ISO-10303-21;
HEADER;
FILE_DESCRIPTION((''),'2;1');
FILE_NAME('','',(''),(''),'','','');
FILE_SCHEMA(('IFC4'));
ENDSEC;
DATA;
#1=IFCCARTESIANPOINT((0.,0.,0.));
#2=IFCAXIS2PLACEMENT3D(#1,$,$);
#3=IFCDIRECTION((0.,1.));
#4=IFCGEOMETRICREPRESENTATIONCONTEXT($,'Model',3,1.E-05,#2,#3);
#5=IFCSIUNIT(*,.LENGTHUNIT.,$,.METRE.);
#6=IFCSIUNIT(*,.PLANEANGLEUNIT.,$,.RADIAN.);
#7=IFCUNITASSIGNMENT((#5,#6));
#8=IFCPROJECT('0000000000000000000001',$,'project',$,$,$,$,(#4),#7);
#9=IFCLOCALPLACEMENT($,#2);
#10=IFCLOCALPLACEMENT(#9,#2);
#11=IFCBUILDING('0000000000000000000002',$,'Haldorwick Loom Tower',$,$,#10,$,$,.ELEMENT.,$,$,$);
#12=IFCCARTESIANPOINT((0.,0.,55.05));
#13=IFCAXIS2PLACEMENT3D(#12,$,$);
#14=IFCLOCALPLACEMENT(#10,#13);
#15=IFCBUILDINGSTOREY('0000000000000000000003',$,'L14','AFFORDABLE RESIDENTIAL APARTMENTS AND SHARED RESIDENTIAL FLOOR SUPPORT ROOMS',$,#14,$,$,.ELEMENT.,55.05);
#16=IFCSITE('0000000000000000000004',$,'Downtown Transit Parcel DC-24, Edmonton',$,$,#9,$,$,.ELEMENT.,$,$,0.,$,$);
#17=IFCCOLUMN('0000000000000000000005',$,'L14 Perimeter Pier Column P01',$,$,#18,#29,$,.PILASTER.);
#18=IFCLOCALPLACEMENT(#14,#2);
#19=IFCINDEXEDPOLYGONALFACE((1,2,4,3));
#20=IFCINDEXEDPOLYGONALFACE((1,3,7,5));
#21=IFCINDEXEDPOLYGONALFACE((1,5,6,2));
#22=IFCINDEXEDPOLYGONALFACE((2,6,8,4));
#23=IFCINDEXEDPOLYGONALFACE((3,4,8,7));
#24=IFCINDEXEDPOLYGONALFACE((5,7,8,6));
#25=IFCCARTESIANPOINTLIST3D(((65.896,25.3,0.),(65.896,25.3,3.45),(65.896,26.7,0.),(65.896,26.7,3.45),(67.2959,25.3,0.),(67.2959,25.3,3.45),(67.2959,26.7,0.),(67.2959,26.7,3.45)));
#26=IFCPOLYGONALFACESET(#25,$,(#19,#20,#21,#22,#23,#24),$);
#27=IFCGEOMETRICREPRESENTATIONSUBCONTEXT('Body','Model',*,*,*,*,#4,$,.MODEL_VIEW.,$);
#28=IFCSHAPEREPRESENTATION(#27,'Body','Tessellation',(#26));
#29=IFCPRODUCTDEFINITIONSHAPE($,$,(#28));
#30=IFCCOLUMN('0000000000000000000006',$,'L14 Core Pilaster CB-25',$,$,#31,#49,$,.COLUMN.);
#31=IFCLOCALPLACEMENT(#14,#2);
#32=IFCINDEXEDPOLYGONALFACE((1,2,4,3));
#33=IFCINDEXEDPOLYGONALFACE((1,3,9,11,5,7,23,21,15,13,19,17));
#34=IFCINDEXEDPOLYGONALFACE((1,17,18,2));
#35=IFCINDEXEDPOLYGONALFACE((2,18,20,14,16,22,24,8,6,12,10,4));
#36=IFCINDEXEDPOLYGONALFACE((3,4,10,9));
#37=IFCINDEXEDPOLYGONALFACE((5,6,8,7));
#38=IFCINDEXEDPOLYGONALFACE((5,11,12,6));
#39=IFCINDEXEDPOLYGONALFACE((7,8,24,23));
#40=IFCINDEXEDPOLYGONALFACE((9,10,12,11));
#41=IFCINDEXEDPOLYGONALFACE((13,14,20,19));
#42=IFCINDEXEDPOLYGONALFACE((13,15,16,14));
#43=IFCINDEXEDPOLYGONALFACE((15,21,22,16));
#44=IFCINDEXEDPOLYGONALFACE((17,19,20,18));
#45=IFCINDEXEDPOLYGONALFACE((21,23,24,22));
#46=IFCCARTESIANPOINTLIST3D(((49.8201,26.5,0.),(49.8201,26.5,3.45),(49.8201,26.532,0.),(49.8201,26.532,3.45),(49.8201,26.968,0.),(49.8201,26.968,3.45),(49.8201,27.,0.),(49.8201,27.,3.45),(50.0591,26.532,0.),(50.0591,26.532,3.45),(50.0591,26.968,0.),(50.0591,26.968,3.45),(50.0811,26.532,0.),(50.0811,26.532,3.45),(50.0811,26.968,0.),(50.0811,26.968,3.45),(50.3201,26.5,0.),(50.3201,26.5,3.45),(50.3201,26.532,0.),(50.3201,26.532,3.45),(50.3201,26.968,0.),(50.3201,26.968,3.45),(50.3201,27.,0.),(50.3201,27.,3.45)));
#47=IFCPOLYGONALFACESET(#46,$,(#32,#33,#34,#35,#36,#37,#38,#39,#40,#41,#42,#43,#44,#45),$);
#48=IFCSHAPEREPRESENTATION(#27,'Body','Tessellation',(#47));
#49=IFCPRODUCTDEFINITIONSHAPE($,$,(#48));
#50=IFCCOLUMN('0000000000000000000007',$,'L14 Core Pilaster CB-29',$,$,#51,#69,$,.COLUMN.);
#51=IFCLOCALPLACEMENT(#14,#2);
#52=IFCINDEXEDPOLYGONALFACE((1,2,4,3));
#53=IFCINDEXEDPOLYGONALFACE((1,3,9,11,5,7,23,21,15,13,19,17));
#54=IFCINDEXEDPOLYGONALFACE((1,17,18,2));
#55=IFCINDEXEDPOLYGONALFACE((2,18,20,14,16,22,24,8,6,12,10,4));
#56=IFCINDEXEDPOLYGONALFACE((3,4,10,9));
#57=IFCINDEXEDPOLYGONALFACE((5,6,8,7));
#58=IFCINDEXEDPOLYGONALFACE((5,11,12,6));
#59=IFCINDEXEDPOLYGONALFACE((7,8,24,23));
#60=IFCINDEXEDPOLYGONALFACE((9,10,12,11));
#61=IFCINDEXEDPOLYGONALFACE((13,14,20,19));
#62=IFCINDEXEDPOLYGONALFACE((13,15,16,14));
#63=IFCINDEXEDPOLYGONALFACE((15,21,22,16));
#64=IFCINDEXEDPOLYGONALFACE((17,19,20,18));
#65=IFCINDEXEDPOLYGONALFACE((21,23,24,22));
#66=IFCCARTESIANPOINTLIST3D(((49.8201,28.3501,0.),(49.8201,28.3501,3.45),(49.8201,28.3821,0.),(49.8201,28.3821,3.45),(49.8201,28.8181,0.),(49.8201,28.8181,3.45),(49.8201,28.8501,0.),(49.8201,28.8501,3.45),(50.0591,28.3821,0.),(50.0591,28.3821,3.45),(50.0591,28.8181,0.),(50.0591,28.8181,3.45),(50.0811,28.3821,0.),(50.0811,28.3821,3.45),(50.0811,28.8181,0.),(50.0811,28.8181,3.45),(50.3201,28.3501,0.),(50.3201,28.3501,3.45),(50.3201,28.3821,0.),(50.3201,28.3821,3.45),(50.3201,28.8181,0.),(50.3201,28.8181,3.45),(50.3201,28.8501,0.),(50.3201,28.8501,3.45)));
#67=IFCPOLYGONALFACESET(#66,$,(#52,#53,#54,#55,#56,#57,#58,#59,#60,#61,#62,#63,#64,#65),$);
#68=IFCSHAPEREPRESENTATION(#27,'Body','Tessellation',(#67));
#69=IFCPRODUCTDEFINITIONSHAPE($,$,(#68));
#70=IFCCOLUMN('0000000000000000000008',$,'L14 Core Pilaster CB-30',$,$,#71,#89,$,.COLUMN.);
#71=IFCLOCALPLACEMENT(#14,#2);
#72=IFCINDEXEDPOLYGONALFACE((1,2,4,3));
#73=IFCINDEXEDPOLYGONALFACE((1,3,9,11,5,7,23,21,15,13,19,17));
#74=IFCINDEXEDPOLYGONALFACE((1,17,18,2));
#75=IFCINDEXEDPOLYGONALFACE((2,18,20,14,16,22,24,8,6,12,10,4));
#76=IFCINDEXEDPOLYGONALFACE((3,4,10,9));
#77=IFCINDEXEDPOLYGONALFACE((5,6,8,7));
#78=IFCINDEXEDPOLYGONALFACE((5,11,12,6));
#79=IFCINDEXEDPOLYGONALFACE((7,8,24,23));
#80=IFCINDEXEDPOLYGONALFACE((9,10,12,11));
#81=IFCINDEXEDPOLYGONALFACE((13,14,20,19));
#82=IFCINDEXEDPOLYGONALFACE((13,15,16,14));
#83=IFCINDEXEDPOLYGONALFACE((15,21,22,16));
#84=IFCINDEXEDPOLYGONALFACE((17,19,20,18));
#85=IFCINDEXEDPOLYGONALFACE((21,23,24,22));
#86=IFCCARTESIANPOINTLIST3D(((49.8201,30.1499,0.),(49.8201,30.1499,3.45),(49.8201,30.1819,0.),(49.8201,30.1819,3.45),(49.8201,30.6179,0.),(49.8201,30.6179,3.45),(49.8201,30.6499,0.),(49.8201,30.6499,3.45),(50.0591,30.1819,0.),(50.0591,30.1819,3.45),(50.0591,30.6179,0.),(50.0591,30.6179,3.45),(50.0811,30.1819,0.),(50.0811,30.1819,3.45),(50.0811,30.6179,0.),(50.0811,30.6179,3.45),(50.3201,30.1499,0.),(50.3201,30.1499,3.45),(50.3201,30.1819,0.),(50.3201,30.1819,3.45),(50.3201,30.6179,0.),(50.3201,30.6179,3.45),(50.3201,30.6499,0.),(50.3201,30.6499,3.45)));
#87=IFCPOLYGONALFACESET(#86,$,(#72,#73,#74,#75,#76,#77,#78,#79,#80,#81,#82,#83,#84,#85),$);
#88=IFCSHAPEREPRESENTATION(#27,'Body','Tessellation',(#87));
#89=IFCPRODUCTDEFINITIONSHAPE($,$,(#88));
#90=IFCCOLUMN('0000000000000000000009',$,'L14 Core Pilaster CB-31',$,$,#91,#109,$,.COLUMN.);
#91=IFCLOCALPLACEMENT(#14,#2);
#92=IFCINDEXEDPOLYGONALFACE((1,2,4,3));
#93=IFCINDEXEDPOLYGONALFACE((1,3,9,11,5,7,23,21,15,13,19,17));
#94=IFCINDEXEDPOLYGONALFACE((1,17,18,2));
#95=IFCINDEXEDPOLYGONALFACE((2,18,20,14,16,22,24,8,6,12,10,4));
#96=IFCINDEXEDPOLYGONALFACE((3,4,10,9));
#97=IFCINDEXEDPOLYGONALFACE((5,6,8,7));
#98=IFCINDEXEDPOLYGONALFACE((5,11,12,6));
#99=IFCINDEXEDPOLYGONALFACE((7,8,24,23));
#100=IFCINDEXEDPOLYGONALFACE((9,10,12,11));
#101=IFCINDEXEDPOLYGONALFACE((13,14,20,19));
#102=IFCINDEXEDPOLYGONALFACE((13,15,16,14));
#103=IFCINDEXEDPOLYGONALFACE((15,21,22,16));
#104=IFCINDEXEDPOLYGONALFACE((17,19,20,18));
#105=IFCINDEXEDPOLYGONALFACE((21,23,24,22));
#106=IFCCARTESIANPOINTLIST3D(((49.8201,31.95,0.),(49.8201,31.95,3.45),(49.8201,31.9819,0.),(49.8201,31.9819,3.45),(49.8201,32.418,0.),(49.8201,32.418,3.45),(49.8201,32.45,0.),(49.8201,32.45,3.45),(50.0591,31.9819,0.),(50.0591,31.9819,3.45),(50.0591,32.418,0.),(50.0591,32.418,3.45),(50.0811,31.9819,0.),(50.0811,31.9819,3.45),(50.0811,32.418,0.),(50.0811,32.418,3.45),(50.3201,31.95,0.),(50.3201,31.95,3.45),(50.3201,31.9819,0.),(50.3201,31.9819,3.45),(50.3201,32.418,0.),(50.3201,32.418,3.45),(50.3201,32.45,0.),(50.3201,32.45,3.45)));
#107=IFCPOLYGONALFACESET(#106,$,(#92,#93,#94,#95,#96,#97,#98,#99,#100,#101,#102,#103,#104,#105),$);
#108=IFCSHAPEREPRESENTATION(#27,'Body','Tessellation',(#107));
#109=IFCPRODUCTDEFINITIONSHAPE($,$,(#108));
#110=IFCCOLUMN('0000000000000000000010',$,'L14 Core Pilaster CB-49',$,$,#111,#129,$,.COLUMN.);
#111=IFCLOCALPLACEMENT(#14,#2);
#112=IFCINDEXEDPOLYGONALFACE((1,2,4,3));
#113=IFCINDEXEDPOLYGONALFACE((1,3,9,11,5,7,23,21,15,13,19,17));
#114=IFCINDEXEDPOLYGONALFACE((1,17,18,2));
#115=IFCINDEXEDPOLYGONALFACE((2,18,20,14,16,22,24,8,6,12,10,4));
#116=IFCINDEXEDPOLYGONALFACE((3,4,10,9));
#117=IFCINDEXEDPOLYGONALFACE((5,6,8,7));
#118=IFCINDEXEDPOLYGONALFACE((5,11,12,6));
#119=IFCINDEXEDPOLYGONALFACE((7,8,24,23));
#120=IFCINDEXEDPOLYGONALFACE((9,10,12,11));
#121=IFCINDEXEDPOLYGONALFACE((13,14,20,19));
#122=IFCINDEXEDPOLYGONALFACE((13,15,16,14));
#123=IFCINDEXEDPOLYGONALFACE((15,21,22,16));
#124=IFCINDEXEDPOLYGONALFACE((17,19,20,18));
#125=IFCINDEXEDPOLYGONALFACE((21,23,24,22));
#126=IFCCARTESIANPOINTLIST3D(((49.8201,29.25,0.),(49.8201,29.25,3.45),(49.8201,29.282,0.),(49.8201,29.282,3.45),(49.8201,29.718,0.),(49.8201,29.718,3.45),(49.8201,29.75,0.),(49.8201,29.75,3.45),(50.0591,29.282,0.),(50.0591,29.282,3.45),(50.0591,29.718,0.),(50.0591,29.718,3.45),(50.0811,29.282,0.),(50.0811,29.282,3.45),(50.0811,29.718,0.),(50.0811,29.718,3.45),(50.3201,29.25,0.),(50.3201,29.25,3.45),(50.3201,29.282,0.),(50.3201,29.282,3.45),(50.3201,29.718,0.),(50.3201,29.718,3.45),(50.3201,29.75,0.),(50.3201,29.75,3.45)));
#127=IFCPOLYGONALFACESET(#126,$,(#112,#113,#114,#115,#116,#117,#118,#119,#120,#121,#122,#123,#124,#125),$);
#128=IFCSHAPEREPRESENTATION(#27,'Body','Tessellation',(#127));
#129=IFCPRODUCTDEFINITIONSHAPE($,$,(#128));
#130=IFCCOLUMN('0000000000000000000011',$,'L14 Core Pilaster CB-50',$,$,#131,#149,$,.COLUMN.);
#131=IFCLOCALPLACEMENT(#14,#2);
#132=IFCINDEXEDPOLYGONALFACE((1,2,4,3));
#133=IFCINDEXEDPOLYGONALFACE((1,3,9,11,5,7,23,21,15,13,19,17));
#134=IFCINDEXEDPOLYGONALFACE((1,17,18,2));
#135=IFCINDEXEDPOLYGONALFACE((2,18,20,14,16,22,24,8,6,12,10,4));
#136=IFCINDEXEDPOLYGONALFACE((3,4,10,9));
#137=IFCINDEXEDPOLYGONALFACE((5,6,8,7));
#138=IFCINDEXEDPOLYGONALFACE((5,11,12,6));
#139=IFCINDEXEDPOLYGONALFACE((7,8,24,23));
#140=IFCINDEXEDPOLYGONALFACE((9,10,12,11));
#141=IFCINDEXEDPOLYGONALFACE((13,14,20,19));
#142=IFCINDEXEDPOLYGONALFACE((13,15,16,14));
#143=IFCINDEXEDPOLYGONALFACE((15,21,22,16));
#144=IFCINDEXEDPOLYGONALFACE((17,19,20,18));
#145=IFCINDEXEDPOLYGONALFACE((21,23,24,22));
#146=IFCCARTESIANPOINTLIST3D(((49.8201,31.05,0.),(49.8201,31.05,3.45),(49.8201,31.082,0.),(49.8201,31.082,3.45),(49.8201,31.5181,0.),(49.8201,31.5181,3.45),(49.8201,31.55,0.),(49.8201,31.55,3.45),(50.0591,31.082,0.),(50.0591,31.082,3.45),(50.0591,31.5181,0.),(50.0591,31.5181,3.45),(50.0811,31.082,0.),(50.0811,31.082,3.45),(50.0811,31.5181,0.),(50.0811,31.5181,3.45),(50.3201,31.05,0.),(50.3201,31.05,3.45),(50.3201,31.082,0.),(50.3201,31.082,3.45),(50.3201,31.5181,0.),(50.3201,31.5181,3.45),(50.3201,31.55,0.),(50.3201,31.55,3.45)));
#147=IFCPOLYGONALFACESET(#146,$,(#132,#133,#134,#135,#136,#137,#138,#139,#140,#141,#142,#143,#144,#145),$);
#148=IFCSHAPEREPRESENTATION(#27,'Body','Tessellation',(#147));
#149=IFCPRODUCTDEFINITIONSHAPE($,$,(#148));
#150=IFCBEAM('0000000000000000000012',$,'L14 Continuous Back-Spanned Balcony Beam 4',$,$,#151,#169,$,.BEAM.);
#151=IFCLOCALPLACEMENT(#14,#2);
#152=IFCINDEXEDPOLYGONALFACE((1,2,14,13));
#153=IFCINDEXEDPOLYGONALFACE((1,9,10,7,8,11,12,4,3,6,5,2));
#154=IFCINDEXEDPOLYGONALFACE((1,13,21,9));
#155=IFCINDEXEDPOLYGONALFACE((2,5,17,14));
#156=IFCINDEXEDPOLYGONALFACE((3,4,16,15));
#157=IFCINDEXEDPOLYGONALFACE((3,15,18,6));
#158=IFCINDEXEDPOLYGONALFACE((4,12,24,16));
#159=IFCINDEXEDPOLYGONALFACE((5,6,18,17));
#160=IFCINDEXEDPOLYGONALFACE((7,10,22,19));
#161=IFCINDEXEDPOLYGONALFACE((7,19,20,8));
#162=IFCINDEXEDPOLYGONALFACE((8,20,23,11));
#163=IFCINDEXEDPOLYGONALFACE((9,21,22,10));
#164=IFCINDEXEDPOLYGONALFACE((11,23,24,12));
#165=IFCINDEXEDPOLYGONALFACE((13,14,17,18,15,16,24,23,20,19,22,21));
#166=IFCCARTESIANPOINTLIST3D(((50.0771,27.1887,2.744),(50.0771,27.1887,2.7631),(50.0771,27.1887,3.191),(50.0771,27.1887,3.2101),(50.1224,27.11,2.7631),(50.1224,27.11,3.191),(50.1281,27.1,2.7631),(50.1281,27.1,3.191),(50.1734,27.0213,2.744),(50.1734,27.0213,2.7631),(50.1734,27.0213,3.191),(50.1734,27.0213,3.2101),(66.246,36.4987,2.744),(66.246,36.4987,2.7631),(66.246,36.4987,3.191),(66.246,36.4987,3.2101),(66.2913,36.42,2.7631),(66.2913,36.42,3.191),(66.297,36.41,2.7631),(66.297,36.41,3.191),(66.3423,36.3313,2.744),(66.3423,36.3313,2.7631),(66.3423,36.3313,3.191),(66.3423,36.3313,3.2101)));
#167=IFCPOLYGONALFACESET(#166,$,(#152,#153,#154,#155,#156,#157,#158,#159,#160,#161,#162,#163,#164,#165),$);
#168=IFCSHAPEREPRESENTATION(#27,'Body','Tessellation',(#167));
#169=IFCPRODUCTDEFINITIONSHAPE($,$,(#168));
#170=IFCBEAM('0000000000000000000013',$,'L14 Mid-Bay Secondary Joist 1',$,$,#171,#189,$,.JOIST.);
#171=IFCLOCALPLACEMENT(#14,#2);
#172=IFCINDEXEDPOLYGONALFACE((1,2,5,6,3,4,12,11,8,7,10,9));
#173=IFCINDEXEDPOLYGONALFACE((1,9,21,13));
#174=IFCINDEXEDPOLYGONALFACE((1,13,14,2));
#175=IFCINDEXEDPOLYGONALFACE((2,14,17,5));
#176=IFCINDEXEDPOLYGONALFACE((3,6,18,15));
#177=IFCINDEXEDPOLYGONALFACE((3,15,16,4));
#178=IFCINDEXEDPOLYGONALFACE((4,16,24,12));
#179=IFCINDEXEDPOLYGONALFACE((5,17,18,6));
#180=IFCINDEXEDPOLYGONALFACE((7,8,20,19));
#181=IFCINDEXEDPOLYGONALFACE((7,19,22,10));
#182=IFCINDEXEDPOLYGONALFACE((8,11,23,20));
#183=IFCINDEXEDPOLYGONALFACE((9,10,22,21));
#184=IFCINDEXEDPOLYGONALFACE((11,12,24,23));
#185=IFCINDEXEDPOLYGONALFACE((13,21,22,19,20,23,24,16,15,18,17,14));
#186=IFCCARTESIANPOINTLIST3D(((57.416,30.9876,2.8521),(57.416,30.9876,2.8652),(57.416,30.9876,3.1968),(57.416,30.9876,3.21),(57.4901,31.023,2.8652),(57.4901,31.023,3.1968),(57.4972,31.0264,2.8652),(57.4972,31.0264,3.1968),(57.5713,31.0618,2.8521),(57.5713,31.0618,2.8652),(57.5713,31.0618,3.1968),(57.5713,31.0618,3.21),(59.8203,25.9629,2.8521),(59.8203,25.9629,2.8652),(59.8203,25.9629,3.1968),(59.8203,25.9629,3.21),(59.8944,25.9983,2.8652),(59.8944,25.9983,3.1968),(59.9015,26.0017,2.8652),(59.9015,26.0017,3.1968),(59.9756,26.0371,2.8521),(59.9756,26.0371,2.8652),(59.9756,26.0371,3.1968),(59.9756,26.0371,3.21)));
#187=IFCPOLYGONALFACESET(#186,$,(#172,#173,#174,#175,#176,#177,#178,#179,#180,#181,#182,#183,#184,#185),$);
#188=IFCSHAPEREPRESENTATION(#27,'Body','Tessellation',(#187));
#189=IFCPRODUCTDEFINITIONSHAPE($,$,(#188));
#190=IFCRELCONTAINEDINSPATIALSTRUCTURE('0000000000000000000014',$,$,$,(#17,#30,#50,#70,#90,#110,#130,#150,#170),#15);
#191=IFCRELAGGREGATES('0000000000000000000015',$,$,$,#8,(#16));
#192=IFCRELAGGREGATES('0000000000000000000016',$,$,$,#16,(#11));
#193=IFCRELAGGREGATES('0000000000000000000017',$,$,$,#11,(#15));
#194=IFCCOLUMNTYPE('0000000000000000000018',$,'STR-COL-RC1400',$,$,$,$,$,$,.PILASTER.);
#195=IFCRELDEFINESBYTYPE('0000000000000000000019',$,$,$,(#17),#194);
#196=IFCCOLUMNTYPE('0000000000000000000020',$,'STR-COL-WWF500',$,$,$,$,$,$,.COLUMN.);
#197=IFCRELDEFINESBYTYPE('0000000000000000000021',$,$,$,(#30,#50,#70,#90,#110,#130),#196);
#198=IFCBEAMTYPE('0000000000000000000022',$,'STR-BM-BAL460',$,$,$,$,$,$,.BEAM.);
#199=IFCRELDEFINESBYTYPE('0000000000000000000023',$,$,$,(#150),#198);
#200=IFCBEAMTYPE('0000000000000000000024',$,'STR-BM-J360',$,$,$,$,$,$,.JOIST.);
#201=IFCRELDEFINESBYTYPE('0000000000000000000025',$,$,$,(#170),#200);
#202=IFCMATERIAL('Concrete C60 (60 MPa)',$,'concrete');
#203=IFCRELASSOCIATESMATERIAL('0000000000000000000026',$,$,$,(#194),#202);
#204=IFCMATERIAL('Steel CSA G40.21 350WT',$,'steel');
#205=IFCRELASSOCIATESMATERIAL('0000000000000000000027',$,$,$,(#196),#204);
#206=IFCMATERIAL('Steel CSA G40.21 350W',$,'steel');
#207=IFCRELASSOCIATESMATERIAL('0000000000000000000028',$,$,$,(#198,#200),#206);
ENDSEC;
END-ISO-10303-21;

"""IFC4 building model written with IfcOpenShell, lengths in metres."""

from ifc_helpers import new_model, si_unit, direction, frame, origin, origin_2d, place, context, subcontext, project, spatial, rectangle, i_section, extrude, material, material_profile, profile_set, type_object, element, save


model = new_model("IFC4")

# Units and contexts
model_context = context("Model", 3, precision=1e-05, world=origin(), true_north=direction((0.0, 1.0)))
body_context = subcontext(model_context, "Body", "Model", "MODEL_VIEW")
ifc_project = project(units=[si_unit("LENGTHUNIT", "METRE"), si_unit("PLANEANGLEUNIT", "RADIAN")], contexts=[model_context])

# Site, building, storey
site_placement = place(None, origin())
site = spatial("IfcSite", under=ifc_project, at=site_placement, Name="Downtown Transit Parcel DC-24, Edmonton", CompositionType="ELEMENT", RefElevation=0.0)
building_placement = place(site_placement, origin())
building = spatial("IfcBuilding", under=site, at=building_placement, Name="Haldorwick Loom Tower", CompositionType="ELEMENT")
storey_placement = place(building_placement, frame((0.0, 0.0, 55.05)))
storey = spatial("IfcBuildingStorey", under=building, at=storey_placement, Name="L14", Description="AFFORDABLE RESIDENTIAL APARTMENTS AND SHARED RESIDENTIAL FLOOR SUPPORT ROOMS", CompositionType="ELEMENT", Elevation=55.05)

# Columns
ifc_material_1 = material(Name="Concrete C60 (60 MPa)", Category="concrete")
ifc_material_profile_1 = material_profile(ifc_material_1, rectangle(XDim=1.3999, YDim=1.3999, at=origin_2d()), Name="RC1400X1400", Category="concrete")
ifc_profile_set_1 = profile_set([ifc_material_profile_1], Name="Concrete C60 (60 MPa)")
column_type_1 = type_object("IfcColumnType", Name="STR-COL-RC1400", PredefinedType="PILASTER", material=ifc_profile_set_1)
column_placement = place(storey_placement, frame((66.5959, 26.0, 0.0), z_axis=(0.0, 0.0, 1.0), x_axis=(1.0, 0.0, 0.0)))
element("IfcColumn", 1, at=column_placement, inside=storey, type_object=column_type_1, Name="L14 Perimeter Pier Column P01", PredefinedType="PILASTER", context=body_context, shape_type="SweptSolid", body=[
    extrude(rectangle(XDim=1.3999, YDim=1.3999, at=origin_2d()), origin(), (0.0, 0.0, 1.0), 3.45),
])
ifc_material_2 = material(Name="Steel CSA G40.21 350WT", Category="steel")
ifc_material_profile_2 = material_profile(ifc_material_2, i_section(OverallWidth=0.5, OverallDepth=0.5, WebThickness=0.022, FlangeThickness=0.032, at=origin_2d()), Name="WWF500X500", Category="steel")
ifc_profile_set_2 = profile_set([ifc_material_profile_2], Name="Steel CSA G40.21 350WT")
column_type_2 = type_object("IfcColumnType", Name="STR-COL-WWF500", PredefinedType="COLUMN", material=ifc_profile_set_2)
for number, where, z_axis, x_axis, name in (
    (2, (50.0701, 26.75, 0.0), (0.0, 0.0, 1.0), (1.0, 0.0, 0.0), "L14 Core Pilaster CB-25"),
    (3, (50.0701, 28.6001, 0.0), (0.0, 0.0, 1.0), (1.0, 0.0, 0.0), "L14 Core Pilaster CB-29"),
    (4, (50.0701, 30.3999, 0.0), (0.0, 0.0, 1.0), (1.0, 0.0, 0.0), "L14 Core Pilaster CB-30"),
    (5, (50.0701, 32.2, 0.0), (0.0, 0.0, 1.0), (1.0, 0.0, 0.0), "L14 Core Pilaster CB-31"),
    (6, (50.0701, 29.5, 0.0), (0.0, 0.0, 1.0), (1.0, 0.0, 0.0), "L14 Core Pilaster CB-49"),
    (7, (50.0701, 31.3, 0.0), (0.0, 0.0, 1.0), (1.0, 0.0, 0.0), "L14 Core Pilaster CB-50"),
):
    element("IfcColumn", number, at=place(storey_placement, frame(where, z_axis=z_axis, x_axis=x_axis)), inside=storey, type_object=column_type_2, Name=name, PredefinedType="COLUMN", context=body_context, shape_type="SweptSolid", body=[
        extrude(i_section(OverallWidth=0.5, OverallDepth=0.5, WebThickness=0.022, FlangeThickness=0.032, at=origin_2d()), origin(), (0.0, 0.0, 1.0), 3.45),
    ])

# Beams
ifc_material_3 = material(Name="Steel CSA G40.21 350W", Category="steel")
ifc_material_profile_3 = material_profile(ifc_material_3, i_section(OverallWidth=0.1931, OverallDepth=0.4661, WebThickness=0.0115, FlangeThickness=0.019, at=origin_2d()), Name="W460X97", Category="steel")
ifc_profile_set_3 = profile_set([ifc_material_profile_3], Name="Steel CSA G40.21 350W")
beam_type_1 = type_object("IfcBeamType", Name="STR-BM-BAL460", PredefinedType="BEAM", material=ifc_profile_set_3)
beam_1_placement = place(storey_placement, frame((50.1252, 27.105, 2.9771), z_axis=(0.866607, 0.498991, 0.0), x_axis=(-0.498991, 0.866607, 0.0)))
element("IfcBeam", 8, at=beam_1_placement, inside=storey, type_object=beam_type_1, Name="L14 Continuous Back-Spanned Balcony Beam 4", PredefinedType="BEAM", context=body_context, shape_type="SweptSolid", body=[
    extrude(i_section(OverallWidth=0.1931, OverallDepth=0.4661, WebThickness=0.0115, FlangeThickness=0.019, at=origin_2d()), origin(), (0.0, 0.0, 1.0), 18.6577),
])
ifc_material_profile_4 = material_profile(ifc_material_3, i_section(OverallWidth=0.1721, OverallDepth=0.3579, WebThickness=0.0078, FlangeThickness=0.0132, at=origin_2d()), Name="W360X57", Category="steel")
ifc_profile_set_4 = profile_set([ifc_material_profile_4], Name="Steel CSA G40.21 350W")
beam_type_2 = type_object("IfcBeamType", Name="STR-BM-J360", PredefinedType="JOIST", material=ifc_profile_set_4)
beam_2_placement = place(storey_placement, frame((59.8979, 26.0, 3.031), z_axis=(-0.431631, 0.90205, 0.0), x_axis=(-0.90205, -0.431631, 0.0)))
element("IfcBeam", 9, at=beam_2_placement, inside=storey, type_object=beam_type_2, Name="L14 Mid-Bay Secondary Joist 1", PredefinedType="JOIST", context=body_context, shape_type="SweptSolid", body=[
    extrude(i_section(OverallWidth=0.1721, OverallDepth=0.3579, WebThickness=0.0078, FlangeThickness=0.0132, at=origin_2d()), origin(), (0.0, 0.0, 1.0), 5.5703),
])

save(model, "model.ifc")
